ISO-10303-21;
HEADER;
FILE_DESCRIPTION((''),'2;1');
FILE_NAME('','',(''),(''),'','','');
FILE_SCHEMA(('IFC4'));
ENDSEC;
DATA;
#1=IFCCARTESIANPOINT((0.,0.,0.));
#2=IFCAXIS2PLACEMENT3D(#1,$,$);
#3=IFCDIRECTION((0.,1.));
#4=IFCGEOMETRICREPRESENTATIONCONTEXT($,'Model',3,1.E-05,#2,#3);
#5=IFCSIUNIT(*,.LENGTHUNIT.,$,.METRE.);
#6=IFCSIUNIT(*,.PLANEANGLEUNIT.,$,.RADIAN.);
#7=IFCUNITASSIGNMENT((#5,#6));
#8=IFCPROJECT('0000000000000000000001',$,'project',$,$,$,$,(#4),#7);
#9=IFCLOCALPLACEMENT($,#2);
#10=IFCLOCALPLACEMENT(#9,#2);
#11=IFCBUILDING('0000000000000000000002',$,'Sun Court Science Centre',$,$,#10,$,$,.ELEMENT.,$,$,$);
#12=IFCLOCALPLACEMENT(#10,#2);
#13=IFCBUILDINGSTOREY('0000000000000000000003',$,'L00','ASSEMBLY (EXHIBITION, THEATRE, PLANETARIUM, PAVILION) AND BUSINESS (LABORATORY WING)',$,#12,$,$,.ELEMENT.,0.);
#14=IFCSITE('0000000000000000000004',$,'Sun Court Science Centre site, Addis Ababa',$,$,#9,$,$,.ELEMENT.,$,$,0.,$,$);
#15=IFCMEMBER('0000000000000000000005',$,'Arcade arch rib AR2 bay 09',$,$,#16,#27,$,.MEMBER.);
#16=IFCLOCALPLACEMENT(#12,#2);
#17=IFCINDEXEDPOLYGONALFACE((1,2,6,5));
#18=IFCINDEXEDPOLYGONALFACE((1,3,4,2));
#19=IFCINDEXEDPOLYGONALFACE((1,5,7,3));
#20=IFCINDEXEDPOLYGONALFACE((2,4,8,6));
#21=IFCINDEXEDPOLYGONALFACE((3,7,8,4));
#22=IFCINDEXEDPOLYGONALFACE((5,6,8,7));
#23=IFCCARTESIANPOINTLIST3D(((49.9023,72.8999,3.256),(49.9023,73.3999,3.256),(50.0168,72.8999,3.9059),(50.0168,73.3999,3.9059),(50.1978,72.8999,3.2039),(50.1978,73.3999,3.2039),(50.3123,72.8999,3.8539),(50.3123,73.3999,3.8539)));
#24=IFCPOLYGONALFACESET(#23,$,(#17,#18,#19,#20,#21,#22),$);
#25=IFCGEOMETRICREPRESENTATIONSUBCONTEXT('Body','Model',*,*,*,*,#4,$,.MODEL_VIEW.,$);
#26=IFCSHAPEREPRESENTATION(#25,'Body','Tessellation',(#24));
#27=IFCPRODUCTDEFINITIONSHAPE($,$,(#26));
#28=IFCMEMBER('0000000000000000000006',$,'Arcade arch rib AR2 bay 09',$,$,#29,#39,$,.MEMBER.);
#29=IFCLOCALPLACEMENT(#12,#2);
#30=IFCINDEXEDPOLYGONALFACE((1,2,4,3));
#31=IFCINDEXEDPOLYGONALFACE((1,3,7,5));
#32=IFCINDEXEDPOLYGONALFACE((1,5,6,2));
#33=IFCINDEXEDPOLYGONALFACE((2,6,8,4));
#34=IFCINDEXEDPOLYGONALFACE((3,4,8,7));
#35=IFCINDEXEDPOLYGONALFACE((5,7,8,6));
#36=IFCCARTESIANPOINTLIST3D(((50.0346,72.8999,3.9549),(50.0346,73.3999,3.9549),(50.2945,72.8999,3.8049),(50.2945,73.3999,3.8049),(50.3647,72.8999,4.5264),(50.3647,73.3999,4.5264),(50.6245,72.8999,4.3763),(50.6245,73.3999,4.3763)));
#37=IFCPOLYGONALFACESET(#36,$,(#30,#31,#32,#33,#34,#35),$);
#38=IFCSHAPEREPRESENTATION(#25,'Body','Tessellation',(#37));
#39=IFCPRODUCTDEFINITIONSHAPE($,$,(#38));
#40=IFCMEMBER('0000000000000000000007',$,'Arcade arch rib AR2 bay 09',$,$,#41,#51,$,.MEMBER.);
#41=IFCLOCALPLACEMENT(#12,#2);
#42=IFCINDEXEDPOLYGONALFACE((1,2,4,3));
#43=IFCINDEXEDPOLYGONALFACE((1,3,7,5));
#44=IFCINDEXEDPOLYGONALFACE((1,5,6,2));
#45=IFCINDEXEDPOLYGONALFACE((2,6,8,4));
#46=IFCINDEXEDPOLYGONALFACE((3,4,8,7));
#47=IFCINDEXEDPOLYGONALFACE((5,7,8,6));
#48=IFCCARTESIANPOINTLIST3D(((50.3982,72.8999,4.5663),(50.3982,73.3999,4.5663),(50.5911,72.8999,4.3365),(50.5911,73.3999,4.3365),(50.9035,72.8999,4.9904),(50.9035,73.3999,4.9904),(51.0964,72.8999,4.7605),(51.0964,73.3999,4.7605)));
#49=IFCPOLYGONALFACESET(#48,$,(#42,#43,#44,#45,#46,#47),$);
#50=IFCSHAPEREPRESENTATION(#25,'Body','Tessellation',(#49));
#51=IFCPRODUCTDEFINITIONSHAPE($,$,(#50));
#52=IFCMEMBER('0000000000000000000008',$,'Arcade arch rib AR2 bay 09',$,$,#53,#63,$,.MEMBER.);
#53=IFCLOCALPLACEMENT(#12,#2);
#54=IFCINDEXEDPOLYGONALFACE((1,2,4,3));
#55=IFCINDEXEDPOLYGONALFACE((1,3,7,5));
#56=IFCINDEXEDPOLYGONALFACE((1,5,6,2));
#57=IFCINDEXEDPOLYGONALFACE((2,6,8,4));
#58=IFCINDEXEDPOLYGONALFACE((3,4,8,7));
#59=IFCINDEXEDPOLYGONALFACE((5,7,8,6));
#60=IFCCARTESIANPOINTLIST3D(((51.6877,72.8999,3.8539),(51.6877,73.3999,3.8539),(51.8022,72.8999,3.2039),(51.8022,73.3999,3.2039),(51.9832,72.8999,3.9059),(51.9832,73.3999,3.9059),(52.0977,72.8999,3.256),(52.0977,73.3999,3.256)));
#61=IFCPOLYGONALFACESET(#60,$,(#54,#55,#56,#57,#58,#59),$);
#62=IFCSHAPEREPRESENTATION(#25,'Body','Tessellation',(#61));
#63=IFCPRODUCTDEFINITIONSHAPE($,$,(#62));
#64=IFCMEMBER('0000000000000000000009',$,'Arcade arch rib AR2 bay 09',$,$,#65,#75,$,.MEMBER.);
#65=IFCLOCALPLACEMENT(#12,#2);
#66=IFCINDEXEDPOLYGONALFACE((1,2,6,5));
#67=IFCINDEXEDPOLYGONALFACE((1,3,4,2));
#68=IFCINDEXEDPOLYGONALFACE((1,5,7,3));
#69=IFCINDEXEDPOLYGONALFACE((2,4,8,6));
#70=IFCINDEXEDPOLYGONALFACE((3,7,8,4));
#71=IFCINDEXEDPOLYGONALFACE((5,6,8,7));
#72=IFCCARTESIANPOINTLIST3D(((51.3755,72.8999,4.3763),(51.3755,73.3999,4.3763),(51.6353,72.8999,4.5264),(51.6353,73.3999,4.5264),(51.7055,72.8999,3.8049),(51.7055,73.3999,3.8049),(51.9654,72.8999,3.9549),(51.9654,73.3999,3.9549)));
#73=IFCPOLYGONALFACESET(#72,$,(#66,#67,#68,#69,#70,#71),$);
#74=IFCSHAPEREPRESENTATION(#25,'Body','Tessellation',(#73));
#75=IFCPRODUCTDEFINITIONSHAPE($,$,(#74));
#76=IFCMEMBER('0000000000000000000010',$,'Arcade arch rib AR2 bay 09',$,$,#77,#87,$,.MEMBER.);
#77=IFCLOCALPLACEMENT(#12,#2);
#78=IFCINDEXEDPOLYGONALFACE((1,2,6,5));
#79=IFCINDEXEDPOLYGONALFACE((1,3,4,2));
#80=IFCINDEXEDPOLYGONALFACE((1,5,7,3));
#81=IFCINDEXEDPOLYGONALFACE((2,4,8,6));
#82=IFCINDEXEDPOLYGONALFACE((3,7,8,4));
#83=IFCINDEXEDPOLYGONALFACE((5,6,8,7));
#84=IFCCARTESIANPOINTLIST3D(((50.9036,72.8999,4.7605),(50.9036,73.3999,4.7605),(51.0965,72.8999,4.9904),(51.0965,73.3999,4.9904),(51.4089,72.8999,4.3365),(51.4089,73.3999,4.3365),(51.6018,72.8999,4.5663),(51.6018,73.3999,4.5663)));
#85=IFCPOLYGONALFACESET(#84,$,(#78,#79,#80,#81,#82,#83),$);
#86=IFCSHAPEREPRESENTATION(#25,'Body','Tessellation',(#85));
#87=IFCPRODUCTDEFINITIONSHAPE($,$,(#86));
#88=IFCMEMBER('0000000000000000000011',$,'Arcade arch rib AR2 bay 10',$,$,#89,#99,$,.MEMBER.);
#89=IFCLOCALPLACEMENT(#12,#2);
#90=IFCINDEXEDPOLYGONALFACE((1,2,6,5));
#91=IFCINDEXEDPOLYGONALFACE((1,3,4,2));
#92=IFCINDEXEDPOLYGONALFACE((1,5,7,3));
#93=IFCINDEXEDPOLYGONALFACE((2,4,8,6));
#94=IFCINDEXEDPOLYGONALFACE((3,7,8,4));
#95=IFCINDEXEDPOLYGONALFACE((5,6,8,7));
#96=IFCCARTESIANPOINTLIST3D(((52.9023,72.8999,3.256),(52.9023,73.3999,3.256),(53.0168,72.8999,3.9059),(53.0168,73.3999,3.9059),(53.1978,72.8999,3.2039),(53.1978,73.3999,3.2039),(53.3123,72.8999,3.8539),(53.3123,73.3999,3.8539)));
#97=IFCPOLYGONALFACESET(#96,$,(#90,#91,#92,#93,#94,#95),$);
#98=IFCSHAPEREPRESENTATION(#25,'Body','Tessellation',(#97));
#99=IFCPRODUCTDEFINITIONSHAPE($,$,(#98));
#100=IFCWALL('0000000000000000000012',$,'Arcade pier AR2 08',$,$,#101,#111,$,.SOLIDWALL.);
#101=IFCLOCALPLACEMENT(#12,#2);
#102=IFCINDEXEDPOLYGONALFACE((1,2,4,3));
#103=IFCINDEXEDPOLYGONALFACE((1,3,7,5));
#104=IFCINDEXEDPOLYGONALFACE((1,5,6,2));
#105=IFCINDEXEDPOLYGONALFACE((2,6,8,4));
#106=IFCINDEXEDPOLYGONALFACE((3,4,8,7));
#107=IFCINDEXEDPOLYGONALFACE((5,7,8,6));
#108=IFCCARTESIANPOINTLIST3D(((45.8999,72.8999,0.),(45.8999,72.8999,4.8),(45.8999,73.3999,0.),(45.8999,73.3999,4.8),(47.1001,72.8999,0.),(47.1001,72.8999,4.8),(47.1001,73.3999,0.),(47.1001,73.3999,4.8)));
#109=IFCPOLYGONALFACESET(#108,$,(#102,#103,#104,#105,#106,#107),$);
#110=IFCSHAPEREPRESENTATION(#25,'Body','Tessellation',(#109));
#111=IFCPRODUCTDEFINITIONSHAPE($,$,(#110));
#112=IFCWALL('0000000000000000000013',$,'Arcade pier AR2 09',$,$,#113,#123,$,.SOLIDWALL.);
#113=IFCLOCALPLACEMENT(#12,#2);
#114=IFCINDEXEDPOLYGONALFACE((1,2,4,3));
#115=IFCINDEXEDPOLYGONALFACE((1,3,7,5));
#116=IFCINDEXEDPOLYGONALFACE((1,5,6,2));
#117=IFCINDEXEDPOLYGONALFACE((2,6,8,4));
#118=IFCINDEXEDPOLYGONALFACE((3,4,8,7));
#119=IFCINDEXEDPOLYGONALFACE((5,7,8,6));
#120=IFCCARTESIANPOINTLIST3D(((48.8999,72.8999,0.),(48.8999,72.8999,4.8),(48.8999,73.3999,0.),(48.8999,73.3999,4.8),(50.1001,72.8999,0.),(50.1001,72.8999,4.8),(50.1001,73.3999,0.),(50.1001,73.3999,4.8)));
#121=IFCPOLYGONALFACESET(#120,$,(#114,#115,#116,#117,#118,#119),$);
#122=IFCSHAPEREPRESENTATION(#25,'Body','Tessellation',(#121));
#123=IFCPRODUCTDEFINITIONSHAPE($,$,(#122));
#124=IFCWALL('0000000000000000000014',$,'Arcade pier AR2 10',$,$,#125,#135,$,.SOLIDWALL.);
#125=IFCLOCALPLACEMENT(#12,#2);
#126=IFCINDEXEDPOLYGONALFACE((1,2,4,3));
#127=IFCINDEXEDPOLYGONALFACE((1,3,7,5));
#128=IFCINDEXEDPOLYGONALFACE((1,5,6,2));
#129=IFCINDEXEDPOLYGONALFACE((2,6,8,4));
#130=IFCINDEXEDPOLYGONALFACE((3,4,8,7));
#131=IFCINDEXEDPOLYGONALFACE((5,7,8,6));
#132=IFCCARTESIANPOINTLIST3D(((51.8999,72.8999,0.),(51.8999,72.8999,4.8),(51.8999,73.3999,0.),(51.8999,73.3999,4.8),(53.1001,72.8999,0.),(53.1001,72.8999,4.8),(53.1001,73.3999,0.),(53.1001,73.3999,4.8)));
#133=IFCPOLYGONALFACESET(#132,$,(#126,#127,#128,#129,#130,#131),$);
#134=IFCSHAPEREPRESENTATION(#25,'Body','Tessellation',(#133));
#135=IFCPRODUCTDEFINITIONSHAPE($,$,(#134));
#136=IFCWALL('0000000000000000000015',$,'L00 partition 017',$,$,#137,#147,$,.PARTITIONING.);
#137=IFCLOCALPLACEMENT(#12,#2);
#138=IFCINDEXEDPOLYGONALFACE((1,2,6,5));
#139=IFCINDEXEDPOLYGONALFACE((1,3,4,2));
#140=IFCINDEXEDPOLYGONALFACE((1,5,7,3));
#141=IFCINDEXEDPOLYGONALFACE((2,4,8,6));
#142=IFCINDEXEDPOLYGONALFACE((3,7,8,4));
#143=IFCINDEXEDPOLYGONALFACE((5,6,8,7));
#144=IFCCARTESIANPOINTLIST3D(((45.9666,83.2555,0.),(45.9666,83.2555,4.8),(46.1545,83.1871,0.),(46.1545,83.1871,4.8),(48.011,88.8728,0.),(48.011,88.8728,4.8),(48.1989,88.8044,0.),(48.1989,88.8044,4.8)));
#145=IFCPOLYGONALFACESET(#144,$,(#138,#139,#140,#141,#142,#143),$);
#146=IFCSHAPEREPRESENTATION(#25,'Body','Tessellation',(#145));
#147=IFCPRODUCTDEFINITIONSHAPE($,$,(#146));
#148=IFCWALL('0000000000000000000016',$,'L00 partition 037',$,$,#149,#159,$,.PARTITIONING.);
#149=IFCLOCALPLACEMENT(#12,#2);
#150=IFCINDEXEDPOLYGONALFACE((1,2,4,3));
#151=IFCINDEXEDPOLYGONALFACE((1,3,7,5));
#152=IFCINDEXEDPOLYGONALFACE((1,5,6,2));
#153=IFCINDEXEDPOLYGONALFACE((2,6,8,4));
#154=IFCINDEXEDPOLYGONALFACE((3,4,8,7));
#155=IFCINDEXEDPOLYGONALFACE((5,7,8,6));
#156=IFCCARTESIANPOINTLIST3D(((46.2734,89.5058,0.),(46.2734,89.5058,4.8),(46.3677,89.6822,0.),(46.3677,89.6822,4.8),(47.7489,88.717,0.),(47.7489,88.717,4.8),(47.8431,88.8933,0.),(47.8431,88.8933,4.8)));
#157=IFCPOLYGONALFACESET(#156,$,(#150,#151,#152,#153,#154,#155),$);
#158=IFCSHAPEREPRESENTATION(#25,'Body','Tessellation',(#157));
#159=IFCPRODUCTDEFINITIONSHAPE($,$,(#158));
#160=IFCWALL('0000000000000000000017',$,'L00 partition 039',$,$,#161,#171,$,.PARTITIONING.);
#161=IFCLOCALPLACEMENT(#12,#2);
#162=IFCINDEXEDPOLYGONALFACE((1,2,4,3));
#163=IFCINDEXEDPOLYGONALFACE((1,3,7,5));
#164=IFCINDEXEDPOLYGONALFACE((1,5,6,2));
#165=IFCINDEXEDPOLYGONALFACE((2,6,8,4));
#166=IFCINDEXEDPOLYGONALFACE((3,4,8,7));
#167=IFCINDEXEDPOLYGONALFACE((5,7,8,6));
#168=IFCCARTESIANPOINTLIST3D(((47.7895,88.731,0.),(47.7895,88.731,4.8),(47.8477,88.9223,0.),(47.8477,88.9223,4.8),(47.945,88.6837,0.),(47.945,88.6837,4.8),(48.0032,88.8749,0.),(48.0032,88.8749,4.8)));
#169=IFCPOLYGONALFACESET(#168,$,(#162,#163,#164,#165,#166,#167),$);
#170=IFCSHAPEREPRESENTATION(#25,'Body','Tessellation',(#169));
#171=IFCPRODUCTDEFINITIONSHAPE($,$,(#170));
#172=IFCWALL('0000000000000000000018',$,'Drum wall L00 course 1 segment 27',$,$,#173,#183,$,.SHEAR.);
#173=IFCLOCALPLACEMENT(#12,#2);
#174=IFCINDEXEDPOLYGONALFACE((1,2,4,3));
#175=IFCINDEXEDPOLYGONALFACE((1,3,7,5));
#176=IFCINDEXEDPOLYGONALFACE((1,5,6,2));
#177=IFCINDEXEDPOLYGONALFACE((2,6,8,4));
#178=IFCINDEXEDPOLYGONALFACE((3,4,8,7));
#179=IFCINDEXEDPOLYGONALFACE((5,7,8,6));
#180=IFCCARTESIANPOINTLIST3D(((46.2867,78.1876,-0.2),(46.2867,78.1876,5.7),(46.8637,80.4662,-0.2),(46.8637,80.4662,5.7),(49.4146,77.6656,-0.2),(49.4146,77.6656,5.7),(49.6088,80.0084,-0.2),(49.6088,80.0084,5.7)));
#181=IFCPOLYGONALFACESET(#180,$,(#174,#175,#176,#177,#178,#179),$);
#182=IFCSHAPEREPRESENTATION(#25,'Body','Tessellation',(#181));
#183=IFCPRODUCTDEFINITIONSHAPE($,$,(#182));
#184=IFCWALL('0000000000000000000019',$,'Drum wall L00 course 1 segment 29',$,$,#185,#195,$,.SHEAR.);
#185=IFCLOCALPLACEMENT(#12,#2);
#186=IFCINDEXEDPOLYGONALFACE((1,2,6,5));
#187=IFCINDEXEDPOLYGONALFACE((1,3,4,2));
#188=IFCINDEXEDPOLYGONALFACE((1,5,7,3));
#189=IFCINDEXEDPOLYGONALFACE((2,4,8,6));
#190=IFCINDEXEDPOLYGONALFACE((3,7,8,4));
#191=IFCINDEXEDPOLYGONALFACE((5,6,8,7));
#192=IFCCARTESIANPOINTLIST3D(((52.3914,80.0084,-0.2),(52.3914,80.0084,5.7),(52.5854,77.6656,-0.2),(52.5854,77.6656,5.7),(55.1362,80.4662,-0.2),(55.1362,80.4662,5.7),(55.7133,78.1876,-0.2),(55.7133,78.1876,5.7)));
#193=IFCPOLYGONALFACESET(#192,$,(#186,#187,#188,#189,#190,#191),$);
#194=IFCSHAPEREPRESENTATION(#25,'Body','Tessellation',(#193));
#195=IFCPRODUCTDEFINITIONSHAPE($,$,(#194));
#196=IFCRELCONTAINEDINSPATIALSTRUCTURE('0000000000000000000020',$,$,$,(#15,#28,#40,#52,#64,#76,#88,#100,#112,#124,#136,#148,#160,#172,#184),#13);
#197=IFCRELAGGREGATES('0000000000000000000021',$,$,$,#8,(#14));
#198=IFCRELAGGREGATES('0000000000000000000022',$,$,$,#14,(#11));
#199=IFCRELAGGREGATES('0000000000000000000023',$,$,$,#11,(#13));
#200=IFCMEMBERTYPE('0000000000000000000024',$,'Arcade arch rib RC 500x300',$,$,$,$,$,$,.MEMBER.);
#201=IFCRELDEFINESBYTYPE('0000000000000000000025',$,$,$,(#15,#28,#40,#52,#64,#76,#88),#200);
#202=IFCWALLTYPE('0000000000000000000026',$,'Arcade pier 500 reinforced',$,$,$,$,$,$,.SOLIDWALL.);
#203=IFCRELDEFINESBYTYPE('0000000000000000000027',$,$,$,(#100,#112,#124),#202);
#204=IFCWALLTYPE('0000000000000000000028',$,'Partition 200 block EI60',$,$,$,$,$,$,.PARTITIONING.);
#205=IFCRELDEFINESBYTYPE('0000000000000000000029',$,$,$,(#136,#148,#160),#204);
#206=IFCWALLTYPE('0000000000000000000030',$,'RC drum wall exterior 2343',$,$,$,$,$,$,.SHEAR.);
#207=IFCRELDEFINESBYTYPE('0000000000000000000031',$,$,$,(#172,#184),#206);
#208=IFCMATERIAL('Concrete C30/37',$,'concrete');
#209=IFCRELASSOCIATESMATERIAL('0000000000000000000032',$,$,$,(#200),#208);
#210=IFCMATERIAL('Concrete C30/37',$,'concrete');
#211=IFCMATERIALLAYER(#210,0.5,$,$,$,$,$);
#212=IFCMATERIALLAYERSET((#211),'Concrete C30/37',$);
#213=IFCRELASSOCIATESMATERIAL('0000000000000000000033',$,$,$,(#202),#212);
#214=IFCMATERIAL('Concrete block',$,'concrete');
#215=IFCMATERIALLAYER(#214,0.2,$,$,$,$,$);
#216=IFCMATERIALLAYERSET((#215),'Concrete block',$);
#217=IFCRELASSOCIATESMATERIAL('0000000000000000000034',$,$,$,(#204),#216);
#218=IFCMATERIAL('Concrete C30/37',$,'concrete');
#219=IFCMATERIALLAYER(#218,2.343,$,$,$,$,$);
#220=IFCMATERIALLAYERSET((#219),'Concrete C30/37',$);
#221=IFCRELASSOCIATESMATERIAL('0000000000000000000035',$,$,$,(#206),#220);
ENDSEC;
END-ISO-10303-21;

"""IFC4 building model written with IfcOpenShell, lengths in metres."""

from ifc_helpers import new_model, si_unit, direction, frame, frame_2d, origin, origin_2d, place, context, subcontext, project, spatial, polyline, rectangle, outline, extrude, material, layer, layer_set, material_profile, profile_set, type_object, element, save


model = new_model("IFC4")

# Units and contexts
model_context = context("Model", 3, precision=1e-05, world=origin(), true_north=direction((0.0, 1.0)))
body_context = subcontext(model_context, "Body", "Model", "MODEL_VIEW")
ifc_project = project(units=[si_unit("LENGTHUNIT", "METRE"), si_unit("PLANEANGLEUNIT", "RADIAN")], contexts=[model_context])

# Site, building, storey
site_placement = place(None, origin())
site = spatial("IfcSite", under=ifc_project, at=site_placement, Name="Sun Court Science Centre site, Addis Ababa", CompositionType="ELEMENT", RefElevation=0.0)
building_placement = place(site_placement, origin())
building = spatial("IfcBuilding", under=site, at=building_placement, Name="Sun Court Science Centre", CompositionType="ELEMENT")
storey_placement = place(building_placement, origin())
storey = spatial("IfcBuildingStorey", under=building, at=storey_placement, Name="L00", Description="ASSEMBLY (EXHIBITION, THEATRE, PLANETARIUM, PAVILION) AND BUSINESS (LABORATORY WING)", CompositionType="ELEMENT", Elevation=0.0)

# Members
ifc_material_1 = material(Name="Concrete C30/37", Category="concrete")
ifc_material_profile_1 = material_profile(ifc_material_1, rectangle(XDim=0.5, YDim=0.3, at=origin_2d()), Name="RC 500x300")
ifc_profile_set_1 = profile_set([ifc_material_profile_1], Name="Concrete C30/37")
member_type = type_object("IfcMemberType", Name="Arcade arch rib RC 500x300", PredefinedType="MEMBER", material=ifc_profile_set_1)
for number, where, z_axis, x_axis, name in (
    (1, (50.05, 73.1499, 3.23), (0.173511, 0.0, 0.984832), (0.0, 1.0, 0.0), "Arcade arch rib AR2 bay 09"),
    (2, (50.1646, 73.1499, 3.8799), (0.500117, 0.0, 0.865958), (0.0, 1.0, 0.0), "Arcade arch rib AR2 bay 09"),
):
    element("IfcMember", number, at=place(storey_placement, frame(where, z_axis=z_axis, x_axis=x_axis)), inside=storey, type_object=member_type, Name=name, PredefinedType="MEMBER", context=body_context, shape_type="SweptSolid", body=[
        extrude(rectangle(XDim=0.5, YDim=0.3, at=origin_2d()), origin(), (0.0, 0.0, 1.0), 0.6599),
    ])
member_1_placement = place(storey_placement, frame((50.4946, 73.1499, 4.4514), z_axis=(0.766033, 0.0, 0.642801), x_axis=(0.0, 1.0, 0.0)))
element("IfcMember", 3, at=member_1_placement, inside=storey, type_object=member_type, Name="Arcade arch rib AR2 bay 09", PredefinedType="MEMBER", context=body_context, shape_type="SweptSolid", body=[
    extrude(rectangle(XDim=0.5, YDim=0.3, at=origin_2d()), origin(), (0.0, 0.0, 1.0), 0.6597),
])
for number, where, z_axis, x_axis, name in (
    (4, (51.95, 73.1499, 3.23), (-0.173511, 0.0, 0.984832), (0.0, -1.0, 0.0), "Arcade arch rib AR2 bay 09"),
    (5, (51.8354, 73.1499, 3.8799), (-0.500117, 0.0, 0.865958), (0.0, -1.0, 0.0), "Arcade arch rib AR2 bay 09"),
):
    element("IfcMember", number, at=place(storey_placement, frame(where, z_axis=z_axis, x_axis=x_axis)), inside=storey, type_object=member_type, Name=name, PredefinedType="MEMBER", context=body_context, shape_type="SweptSolid", body=[
        extrude(rectangle(XDim=0.5, YDim=0.3, at=origin_2d()), origin(), (0.0, 0.0, 1.0), 0.6599),
    ])
member_2_placement = place(storey_placement, frame((51.5054, 73.1499, 4.4514), z_axis=(-0.766033, 0.0, 0.642801), x_axis=(0.0, -1.0, 0.0)))
element("IfcMember", 6, at=member_2_placement, inside=storey, type_object=member_type, Name="Arcade arch rib AR2 bay 09", PredefinedType="MEMBER", context=body_context, shape_type="SweptSolid", body=[
    extrude(rectangle(XDim=0.5, YDim=0.3, at=origin_2d()), origin(), (0.0, 0.0, 1.0), 0.6597),
])
member_3_placement = place(storey_placement, frame((53.05, 73.1499, 3.23), z_axis=(0.173511, 0.0, 0.984832), x_axis=(0.0, 1.0, 0.0)))
element("IfcMember", 7, at=member_3_placement, inside=storey, type_object=member_type, Name="Arcade arch rib AR2 bay 10", PredefinedType="MEMBER", context=body_context, shape_type="SweptSolid", body=[
    extrude(rectangle(XDim=0.5, YDim=0.3, at=origin_2d()), origin(), (0.0, 0.0, 1.0), 0.6599),
])

# Walls
ifc_material_2 = material(Name="Concrete C30/37", Category="concrete")
ifc_layer_1 = layer(ifc_material_2, 0.5)
ifc_layer_set_1 = layer_set([ifc_layer_1], Name="Concrete C30/37")
wall_type_1 = type_object("IfcWallType", Name="Arcade pier 500 reinforced", PredefinedType="SOLIDWALL", material=ifc_layer_set_1)
for number, where, z_axis, x_axis, name in (
    (8, (45.8999, 73.1499, 0.0), (0.0, 0.0, 1.0), (1.0, 0.0, 0.0), "Arcade pier AR2 08"),
    (9, (48.8999, 73.1499, 0.0), (0.0, 0.0, 1.0), (1.0, 0.0, 0.0), "Arcade pier AR2 09"),
    (10, (51.8999, 73.1499, 0.0), (0.0, 0.0, 1.0), (1.0, 0.0, 0.0), "Arcade pier AR2 10"),
):
    element("IfcWall", number, at=place(storey_placement, frame(where, z_axis=z_axis, x_axis=x_axis)), inside=storey, type_object=wall_type_1, Name=name, PredefinedType="SOLIDWALL", context=body_context, shape_type="SweptSolid", body=[
        extrude(rectangle(XDim=1.2002, YDim=0.5, at=frame_2d((0.6001, 0.0))), origin(), (0.0, 0.0, 1.0), 4.8),
    ])
ifc_material_3 = material(Name="Concrete block", Category="concrete")
ifc_layer_2 = layer(ifc_material_3, 0.2)
ifc_layer_set_2 = layer_set([ifc_layer_2], Name="Concrete block")
wall_type_2 = type_object("IfcWallType", Name="Partition 200 block EI60", PredefinedType="PARTITIONING", material=ifc_layer_set_2)
wall_1_placement = place(storey_placement, frame((46.0605, 83.2214, 0.0), z_axis=(0.0, 0.0, 1.0), x_axis=(0.342012, 0.939696, 0.0)))
element("IfcWall", 11, at=wall_1_placement, inside=storey, type_object=wall_type_2, Name="L00 partition 017", PredefinedType="PARTITIONING", context=body_context, shape_type="SweptSolid", body=[
    extrude(rectangle(XDim=5.9778, YDim=0.2, at=frame_2d((2.9888, 0.0))), origin(), (0.0, 0.0, 1.0), 4.8),
])
wall_2_placement = place(storey_placement, frame((47.7959, 88.8052, 0.0), z_axis=(0.0, 0.0, 1.0), x_axis=(-0.881864, 0.471504, 0.0)))
element("IfcWall", 12, at=wall_2_placement, inside=storey, type_object=wall_type_2, Name="L00 partition 037", PredefinedType="PARTITIONING", context=body_context, shape_type="SweptSolid", body=[
    extrude(rectangle(XDim=1.6731, YDim=0.2, at=frame_2d((0.8364, 0.0))), origin(), (0.0, 0.0, 1.0), 4.8),
])
wall_3_placement = place(storey_placement, frame((47.9741, 88.7793, 0.0), z_axis=(0.0, 0.0, 1.0), x_axis=(-0.956619, 0.291341, 0.0)))
element("IfcWall", 13, at=wall_3_placement, inside=storey, type_object=wall_type_2, Name="L00 partition 039", PredefinedType="PARTITIONING", context=body_context, shape_type="SweptSolid", body=[
    extrude(rectangle(XDim=0.1626, YDim=0.2, at=frame_2d((0.0813, 0.0))), origin(), (0.0, 0.0, 1.0), 4.8),
])
ifc_material_4 = material(Name="Concrete C30/37", Category="concrete")
ifc_layer_3 = layer(ifc_material_4, 2.343)
ifc_layer_set_3 = layer_set([ifc_layer_3], Name="Concrete C30/37")
wall_type_3 = type_object("IfcWallType", Name="RC drum wall exterior 2343", PredefinedType="SHEAR", material=ifc_layer_set_3)
wall_4_placement = place(storey_placement, frame((46.4795, 79.343, -0.2), z_axis=(0.0, 0.0, 1.0), x_axis=(0.986359, -0.164611, 0.0)))
element("IfcWall", 14, at=wall_4_placement, inside=storey, type_object=wall_type_3, Name="Drum wall L00 course 1 segment 27", PredefinedType="SHEAR", context=body_context, shape_type="SweptSolid", body=[
    extrude(outline(polyline([(0.0, -1.1714), (3.1711, -1.1714), (2.9771, 1.1714), (0.1941, 1.1711), (0.0, -1.1714)])), origin(), (0.0, 0.0, 1.0), 5.8999),
])
wall_5_placement = place(storey_placement, frame((52.3928, 78.821, -0.2), z_axis=(0.0, 0.0, 1.0), x_axis=(0.986359, 0.164611, 0.0)))
element("IfcWall", 15, at=wall_5_placement, inside=storey, type_object=wall_type_3, Name="Drum wall L00 course 1 segment 29", PredefinedType="SHEAR", context=body_context, shape_type="SweptSolid", body=[
    extrude(outline(polyline([(-0.0002, -1.1714), (3.1709, -1.1714), (2.9768, 1.1711), (0.1941, 1.1714), (-0.0002, -1.1714)])), origin(), (0.0, 0.0, 1.0), 5.8999),
])

save(model, "model.ifc")
